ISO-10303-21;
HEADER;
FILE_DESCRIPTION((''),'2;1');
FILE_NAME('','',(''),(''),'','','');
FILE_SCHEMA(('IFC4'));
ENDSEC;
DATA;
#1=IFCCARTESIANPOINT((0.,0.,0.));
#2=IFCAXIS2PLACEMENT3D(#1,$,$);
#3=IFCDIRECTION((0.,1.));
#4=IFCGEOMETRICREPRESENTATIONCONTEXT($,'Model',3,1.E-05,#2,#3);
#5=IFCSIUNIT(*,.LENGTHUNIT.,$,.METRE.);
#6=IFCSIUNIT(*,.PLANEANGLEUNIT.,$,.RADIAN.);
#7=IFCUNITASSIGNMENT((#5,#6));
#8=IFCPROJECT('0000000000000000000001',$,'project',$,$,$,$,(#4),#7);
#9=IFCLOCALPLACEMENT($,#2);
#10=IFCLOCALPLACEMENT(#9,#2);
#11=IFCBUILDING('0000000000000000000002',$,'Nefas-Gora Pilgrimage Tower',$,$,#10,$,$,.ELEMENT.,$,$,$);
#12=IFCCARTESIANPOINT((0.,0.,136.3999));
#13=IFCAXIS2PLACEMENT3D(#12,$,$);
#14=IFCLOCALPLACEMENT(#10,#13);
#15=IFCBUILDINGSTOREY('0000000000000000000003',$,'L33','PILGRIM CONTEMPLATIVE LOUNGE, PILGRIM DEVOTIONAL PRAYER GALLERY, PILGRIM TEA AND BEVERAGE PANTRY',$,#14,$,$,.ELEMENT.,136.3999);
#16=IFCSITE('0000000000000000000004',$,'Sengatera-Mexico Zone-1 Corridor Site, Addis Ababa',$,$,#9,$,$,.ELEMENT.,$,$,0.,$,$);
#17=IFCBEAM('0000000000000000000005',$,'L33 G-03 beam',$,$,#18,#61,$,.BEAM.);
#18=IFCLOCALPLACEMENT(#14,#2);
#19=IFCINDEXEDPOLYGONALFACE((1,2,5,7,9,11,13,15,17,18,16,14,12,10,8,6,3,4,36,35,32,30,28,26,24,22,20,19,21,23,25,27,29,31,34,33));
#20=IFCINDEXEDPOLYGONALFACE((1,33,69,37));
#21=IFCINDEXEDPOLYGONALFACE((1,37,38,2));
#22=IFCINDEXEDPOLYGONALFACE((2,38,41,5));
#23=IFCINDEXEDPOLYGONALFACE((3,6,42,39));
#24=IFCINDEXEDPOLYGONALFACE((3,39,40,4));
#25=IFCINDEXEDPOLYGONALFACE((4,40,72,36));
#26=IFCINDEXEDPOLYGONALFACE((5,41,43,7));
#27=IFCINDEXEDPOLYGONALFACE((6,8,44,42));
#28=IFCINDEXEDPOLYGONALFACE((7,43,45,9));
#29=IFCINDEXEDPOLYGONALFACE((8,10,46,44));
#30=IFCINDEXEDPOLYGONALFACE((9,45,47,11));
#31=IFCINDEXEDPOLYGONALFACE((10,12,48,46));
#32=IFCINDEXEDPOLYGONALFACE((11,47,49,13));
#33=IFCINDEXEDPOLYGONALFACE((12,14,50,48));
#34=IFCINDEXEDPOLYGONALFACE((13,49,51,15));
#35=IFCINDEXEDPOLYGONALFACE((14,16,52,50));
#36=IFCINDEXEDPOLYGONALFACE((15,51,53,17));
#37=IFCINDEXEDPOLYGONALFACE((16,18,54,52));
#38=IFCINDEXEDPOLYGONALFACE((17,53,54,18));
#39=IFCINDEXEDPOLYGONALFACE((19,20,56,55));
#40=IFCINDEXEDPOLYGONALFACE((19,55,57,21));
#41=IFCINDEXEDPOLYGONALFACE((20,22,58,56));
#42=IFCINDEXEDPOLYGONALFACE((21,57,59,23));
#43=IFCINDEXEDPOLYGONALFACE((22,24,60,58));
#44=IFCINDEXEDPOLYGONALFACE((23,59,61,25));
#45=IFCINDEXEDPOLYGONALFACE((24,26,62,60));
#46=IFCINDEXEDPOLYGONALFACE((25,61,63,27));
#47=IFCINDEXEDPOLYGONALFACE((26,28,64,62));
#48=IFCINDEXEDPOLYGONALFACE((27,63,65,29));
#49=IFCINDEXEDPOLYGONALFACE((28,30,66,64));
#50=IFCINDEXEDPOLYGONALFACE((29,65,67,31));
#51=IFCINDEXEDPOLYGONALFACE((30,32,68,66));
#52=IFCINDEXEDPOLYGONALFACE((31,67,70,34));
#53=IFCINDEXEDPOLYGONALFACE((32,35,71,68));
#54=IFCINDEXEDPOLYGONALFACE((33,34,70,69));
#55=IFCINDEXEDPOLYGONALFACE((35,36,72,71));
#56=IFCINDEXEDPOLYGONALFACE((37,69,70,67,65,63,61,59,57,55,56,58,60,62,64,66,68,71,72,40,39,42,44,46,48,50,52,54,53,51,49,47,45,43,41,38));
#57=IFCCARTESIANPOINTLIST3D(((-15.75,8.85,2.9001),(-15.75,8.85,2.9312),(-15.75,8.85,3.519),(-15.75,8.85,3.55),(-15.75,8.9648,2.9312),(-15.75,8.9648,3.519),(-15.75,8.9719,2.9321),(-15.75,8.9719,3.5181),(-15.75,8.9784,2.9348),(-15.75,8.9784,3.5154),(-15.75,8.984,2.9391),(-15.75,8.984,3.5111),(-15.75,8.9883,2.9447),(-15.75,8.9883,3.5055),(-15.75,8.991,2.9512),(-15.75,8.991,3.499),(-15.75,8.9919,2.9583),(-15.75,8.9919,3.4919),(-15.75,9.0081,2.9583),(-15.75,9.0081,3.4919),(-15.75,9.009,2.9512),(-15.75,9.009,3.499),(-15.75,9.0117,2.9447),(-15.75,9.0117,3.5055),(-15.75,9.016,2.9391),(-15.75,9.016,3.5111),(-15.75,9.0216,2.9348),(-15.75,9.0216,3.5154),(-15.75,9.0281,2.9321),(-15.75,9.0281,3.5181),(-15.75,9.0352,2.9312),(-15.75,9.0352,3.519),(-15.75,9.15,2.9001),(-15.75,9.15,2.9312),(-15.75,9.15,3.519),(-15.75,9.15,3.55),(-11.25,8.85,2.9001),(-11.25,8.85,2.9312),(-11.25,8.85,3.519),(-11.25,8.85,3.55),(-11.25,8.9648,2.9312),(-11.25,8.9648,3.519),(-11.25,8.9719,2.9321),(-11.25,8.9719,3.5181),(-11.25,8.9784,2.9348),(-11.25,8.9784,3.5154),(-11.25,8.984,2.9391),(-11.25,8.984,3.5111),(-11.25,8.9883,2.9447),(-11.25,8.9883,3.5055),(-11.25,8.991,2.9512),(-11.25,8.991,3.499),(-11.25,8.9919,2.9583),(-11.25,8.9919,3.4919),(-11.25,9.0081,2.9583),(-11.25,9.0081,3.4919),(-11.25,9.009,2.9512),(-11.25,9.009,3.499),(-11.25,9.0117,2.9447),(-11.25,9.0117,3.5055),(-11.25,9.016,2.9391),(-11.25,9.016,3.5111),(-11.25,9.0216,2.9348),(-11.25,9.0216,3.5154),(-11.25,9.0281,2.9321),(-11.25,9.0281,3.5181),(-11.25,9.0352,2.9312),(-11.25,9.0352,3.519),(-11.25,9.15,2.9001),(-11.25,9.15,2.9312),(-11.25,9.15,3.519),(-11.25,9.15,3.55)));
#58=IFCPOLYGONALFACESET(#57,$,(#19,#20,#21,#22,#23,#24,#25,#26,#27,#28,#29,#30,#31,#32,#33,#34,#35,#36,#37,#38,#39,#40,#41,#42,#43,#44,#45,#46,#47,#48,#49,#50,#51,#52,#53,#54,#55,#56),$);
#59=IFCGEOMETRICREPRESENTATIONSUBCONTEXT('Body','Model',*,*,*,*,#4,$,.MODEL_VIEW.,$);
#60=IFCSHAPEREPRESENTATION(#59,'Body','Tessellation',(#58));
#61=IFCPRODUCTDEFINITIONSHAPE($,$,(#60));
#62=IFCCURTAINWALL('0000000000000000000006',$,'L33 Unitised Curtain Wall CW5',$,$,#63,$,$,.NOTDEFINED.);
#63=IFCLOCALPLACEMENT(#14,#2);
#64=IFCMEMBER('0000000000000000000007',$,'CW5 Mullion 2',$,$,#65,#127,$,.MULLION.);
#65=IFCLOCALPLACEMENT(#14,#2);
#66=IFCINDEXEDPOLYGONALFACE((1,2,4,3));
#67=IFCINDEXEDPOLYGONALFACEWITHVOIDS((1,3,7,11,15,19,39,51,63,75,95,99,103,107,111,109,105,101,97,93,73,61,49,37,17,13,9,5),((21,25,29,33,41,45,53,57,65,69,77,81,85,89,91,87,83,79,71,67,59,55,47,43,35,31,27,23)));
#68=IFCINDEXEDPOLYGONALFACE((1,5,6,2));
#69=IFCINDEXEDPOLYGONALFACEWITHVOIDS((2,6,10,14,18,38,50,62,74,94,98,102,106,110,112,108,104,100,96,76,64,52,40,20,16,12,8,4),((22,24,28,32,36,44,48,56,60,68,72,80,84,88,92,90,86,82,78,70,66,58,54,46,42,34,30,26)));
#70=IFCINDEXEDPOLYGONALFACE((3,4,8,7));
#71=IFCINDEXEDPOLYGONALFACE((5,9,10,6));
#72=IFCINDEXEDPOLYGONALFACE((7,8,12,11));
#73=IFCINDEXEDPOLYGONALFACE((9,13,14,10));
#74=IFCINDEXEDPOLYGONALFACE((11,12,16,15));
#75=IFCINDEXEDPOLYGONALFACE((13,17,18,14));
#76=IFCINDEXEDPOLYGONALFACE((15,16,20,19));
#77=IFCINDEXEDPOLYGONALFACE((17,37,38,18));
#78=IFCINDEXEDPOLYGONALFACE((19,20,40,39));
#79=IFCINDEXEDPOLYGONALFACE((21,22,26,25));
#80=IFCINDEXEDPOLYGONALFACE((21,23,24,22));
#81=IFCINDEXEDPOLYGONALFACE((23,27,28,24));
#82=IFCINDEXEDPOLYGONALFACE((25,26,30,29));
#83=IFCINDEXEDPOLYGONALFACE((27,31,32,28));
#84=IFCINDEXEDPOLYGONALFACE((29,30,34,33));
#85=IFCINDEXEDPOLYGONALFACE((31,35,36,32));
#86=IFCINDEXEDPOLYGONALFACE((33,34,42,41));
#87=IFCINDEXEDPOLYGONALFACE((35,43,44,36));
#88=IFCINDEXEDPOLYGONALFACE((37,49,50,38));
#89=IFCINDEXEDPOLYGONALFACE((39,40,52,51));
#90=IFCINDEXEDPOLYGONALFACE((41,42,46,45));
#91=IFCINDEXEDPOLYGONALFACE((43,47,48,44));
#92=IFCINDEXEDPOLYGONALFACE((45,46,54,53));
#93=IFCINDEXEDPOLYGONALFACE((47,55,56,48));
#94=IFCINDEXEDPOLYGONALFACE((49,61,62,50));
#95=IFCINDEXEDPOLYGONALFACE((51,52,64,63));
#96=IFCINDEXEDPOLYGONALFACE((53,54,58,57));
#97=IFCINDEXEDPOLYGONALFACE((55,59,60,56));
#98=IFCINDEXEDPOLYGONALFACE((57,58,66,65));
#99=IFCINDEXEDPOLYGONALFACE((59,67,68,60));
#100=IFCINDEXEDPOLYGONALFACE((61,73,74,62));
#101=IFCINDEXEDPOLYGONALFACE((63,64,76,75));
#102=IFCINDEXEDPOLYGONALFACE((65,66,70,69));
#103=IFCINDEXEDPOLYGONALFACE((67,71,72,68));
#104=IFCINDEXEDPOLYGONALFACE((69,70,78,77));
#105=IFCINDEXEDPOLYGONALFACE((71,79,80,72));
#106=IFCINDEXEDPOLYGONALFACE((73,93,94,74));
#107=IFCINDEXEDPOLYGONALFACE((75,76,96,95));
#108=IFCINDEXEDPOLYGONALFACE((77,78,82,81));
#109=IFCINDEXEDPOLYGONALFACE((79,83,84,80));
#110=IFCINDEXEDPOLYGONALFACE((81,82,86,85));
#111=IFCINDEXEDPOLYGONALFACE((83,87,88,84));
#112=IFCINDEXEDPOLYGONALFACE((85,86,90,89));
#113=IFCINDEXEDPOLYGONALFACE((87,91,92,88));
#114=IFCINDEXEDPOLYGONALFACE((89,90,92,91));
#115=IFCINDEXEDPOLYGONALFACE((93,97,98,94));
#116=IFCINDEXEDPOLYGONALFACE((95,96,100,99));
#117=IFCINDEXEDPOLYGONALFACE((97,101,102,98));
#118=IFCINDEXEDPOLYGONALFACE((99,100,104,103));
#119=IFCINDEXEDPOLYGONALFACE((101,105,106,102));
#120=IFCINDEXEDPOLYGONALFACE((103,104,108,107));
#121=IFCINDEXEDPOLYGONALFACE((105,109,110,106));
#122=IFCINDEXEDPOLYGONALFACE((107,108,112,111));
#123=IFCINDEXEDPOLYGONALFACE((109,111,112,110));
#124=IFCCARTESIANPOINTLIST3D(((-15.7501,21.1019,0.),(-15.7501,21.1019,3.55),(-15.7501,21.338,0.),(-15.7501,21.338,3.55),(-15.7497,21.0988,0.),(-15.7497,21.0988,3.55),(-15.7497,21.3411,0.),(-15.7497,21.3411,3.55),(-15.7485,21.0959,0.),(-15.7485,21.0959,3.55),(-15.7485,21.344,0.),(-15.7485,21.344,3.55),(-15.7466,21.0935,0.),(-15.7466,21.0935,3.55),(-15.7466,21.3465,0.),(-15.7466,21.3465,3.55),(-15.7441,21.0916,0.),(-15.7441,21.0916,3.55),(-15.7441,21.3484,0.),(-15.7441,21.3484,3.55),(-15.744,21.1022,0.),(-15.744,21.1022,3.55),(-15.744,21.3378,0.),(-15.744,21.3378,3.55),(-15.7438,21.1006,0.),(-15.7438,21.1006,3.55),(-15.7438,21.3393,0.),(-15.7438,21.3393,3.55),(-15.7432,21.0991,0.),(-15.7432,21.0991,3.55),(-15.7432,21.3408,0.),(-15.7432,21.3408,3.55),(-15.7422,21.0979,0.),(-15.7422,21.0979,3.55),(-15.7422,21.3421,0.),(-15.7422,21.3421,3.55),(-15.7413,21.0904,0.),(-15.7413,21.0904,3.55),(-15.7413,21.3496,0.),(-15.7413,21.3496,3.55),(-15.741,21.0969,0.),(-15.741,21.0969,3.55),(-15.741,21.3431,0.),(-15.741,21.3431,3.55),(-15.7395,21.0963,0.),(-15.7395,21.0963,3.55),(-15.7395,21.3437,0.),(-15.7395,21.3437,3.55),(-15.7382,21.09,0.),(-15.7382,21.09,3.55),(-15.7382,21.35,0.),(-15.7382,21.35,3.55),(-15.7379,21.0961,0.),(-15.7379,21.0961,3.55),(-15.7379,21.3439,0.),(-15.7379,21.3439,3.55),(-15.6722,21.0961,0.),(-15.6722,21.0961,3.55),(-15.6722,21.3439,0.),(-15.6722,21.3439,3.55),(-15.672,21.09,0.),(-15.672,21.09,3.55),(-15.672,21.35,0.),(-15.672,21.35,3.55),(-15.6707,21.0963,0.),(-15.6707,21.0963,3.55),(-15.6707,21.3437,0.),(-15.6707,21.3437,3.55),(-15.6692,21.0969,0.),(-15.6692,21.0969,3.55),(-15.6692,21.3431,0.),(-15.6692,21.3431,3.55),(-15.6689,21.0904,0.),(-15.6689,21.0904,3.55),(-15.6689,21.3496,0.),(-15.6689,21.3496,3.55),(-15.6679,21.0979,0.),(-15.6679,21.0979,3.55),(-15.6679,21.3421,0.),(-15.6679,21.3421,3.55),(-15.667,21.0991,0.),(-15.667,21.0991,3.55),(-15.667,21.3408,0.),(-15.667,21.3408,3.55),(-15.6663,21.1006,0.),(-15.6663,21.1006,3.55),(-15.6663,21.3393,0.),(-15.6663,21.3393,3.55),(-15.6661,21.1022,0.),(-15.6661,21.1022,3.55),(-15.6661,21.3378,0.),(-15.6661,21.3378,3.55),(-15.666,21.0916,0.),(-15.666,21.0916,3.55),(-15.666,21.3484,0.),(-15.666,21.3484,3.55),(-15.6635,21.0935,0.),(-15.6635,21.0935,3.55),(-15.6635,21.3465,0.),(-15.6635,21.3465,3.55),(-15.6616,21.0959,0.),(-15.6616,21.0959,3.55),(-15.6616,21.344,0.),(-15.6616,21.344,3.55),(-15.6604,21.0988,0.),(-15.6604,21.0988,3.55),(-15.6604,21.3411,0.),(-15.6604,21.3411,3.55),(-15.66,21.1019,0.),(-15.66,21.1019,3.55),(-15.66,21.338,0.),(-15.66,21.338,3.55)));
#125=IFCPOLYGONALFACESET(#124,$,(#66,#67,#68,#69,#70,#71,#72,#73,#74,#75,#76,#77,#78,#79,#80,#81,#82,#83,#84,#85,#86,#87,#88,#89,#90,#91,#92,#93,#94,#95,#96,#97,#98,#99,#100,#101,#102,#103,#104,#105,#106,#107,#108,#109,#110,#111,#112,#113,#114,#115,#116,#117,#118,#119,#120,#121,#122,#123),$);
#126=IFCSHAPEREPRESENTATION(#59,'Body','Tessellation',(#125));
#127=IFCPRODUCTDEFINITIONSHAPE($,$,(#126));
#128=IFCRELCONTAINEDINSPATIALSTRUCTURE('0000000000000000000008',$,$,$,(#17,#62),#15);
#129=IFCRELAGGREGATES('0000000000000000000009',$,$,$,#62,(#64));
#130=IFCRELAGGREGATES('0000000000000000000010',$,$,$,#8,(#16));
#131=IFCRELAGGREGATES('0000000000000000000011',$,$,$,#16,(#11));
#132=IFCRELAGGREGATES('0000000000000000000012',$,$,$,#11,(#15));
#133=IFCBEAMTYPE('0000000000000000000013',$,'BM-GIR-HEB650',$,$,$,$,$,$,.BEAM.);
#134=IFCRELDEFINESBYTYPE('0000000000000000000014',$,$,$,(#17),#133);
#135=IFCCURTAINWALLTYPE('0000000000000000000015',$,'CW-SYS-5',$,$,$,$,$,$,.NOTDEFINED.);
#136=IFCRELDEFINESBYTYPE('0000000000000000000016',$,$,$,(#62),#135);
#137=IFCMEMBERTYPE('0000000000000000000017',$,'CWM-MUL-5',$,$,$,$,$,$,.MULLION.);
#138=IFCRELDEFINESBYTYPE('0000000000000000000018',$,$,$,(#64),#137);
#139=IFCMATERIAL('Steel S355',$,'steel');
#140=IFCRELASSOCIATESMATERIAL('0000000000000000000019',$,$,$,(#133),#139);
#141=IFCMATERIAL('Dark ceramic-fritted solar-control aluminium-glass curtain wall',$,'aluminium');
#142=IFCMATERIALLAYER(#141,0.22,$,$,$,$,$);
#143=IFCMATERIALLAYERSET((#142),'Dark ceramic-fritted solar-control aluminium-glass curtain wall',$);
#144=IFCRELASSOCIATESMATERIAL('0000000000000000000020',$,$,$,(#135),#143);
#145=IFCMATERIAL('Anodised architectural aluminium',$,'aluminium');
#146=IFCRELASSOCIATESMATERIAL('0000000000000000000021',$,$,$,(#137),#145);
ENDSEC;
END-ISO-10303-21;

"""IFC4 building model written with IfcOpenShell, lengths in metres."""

from ifc_helpers import new_model, si_unit, direction, frame, origin, origin_2d, place, context, subcontext, project, spatial, hollow_rectangle, i_section, extrude, source, transform, mapped, material, layer, layer_set, material_profile, profile_set, type_object, element, aggregate, save


model = new_model("IFC4")

# Units and contexts
model_context = context("Model", 3, precision=1e-05, world=origin(), true_north=direction((0.0, 1.0)))
body_context = subcontext(model_context, "Body", "Model", "MODEL_VIEW")
ifc_project = project(units=[si_unit("LENGTHUNIT", "METRE"), si_unit("PLANEANGLEUNIT", "RADIAN")], contexts=[model_context])

# Site, building, storey
site_placement = place(None, origin())
site = spatial("IfcSite", under=ifc_project, at=site_placement, Name="Sengatera-Mexico Zone-1 Corridor Site, Addis Ababa", CompositionType="ELEMENT", RefElevation=0.0)
building_placement = place(site_placement, origin())
building = spatial("IfcBuilding", under=site, at=building_placement, Name="Nefas-Gora Pilgrimage Tower", CompositionType="ELEMENT")
storey_placement = place(building_placement, frame((0.0, 0.0, 136.3999)))
storey = spatial("IfcBuildingStorey", under=building, at=storey_placement, Name="L33", Description="PILGRIM CONTEMPLATIVE LOUNGE, PILGRIM DEVOTIONAL PRAYER GALLERY, PILGRIM TEA AND BEVERAGE PANTRY", CompositionType="ELEMENT", Elevation=136.3999)

# Beam
ifc_material_1 = material(Name="Steel S355", Category="steel")
ifc_material_profile_1 = material_profile(ifc_material_1, i_section(OverallWidth=0.3, OverallDepth=0.6499, WebThickness=0.0161, FlangeThickness=0.031, FilletRadius=0.0271, at=origin_2d()), Name="HEB 650")
ifc_profile_set_1 = profile_set([ifc_material_profile_1], Name="Steel S355")
beam_type_1 = type_object("IfcBeamType", Name="BM-GIR-HEB650", PredefinedType="BEAM", material=ifc_profile_set_1)
shared_shape_1 = source(origin(), body_context, "Body", "SweptSolid", [
    extrude(i_section(OverallWidth=0.3, OverallDepth=0.6499, WebThickness=0.0161, FlangeThickness=0.031, FilletRadius=0.0271, at=origin_2d()), origin(), (0.0, 0.0, 1.0), 4.5),
])
for number, where, z_axis, x_axis, name in (
    (1, (-15.75, 9.0, 3.2251), (1.0, 0.0, 0.0), (0.0, 1.0, 0.0), "L33 G-03 beam"),
):
    element("IfcBeam", number, at=place(storey_placement, frame(where, z_axis=z_axis, x_axis=x_axis)), inside=storey, type_object=beam_type_1, Name=name, PredefinedType="BEAM", context=body_context, shape_type="MappedRepresentation", body=[
        mapped(shared_shape_1, transform((0.0, 0.0, 0.0), x_axis=(1.0, 0.0, 0.0), y_axis=(0.0, 1.0, 0.0), z_axis=(0.0, 0.0, 1.0), scale=1.0)),
    ])

# Curtain wall, member
ifc_material_2 = material(Name="Dark ceramic-fritted solar-control aluminium-glass curtain wall", Category="aluminium")
ifc_layer_1 = layer(ifc_material_2, 0.22)
ifc_layer_set_1 = layer_set([ifc_layer_1], Name="Dark ceramic-fritted solar-control aluminium-glass curtain wall")
curtain_wall_type_1 = type_object("IfcCurtainWallType", Name="CW-SYS-5", PredefinedType="NOTDEFINED", material=ifc_layer_set_1)
curtain_wall_1_placement = place(storey_placement, origin())
curtain_wall_1 = element("IfcCurtainWall", 2, at=curtain_wall_1_placement, inside=storey, type_object=curtain_wall_type_1, Name="L33 Unitised Curtain Wall CW5", PredefinedType="NOTDEFINED")
ifc_material_3 = material(Name="Anodised architectural aluminium", Category="aluminium")
ifc_material_profile_2 = material_profile(ifc_material_3, hollow_rectangle(XDim=0.0901, YDim=0.26, WallThickness=0.0061, InnerFilletRadius=0.0061, OuterFilletRadius=0.012, at=origin_2d()), Name="ALU MULLION 90x260")
ifc_profile_set_2 = profile_set([ifc_material_profile_2], Name="Anodised architectural aluminium")
member_type_1 = type_object("IfcMemberType", Name="CWM-MUL-5", PredefinedType="MULLION", material=ifc_profile_set_2)
shared_shape_2 = source(origin(), body_context, "Body", "SweptSolid", [
    extrude(hollow_rectangle(XDim=0.0901, YDim=0.26, WallThickness=0.0061, InnerFilletRadius=0.0061, OuterFilletRadius=0.012, at=origin_2d()), origin(), (0.0, 0.0, 1.0), 3.55),
])
member_1_placement = place(storey_placement, frame((-15.7051, 21.22, 0.0), z_axis=(0.0, 0.0, 1.0), x_axis=(-1.0, 0.0, 0.0)))
member_1 = element("IfcMember", 3, at=member_1_placement, type_object=member_type_1, Name="CW5 Mullion 2", PredefinedType="MULLION", context=body_context, shape_type="MappedRepresentation", body=[
    mapped(shared_shape_2, transform((0.0, 0.0, 0.0), x_axis=(1.0, 0.0, 0.0), y_axis=(0.0, 1.0, 0.0), z_axis=(0.0, 0.0, 1.0), scale=1.0)),
])

aggregate(curtain_wall_1, [member_1])

save(model, "model.ifc")
